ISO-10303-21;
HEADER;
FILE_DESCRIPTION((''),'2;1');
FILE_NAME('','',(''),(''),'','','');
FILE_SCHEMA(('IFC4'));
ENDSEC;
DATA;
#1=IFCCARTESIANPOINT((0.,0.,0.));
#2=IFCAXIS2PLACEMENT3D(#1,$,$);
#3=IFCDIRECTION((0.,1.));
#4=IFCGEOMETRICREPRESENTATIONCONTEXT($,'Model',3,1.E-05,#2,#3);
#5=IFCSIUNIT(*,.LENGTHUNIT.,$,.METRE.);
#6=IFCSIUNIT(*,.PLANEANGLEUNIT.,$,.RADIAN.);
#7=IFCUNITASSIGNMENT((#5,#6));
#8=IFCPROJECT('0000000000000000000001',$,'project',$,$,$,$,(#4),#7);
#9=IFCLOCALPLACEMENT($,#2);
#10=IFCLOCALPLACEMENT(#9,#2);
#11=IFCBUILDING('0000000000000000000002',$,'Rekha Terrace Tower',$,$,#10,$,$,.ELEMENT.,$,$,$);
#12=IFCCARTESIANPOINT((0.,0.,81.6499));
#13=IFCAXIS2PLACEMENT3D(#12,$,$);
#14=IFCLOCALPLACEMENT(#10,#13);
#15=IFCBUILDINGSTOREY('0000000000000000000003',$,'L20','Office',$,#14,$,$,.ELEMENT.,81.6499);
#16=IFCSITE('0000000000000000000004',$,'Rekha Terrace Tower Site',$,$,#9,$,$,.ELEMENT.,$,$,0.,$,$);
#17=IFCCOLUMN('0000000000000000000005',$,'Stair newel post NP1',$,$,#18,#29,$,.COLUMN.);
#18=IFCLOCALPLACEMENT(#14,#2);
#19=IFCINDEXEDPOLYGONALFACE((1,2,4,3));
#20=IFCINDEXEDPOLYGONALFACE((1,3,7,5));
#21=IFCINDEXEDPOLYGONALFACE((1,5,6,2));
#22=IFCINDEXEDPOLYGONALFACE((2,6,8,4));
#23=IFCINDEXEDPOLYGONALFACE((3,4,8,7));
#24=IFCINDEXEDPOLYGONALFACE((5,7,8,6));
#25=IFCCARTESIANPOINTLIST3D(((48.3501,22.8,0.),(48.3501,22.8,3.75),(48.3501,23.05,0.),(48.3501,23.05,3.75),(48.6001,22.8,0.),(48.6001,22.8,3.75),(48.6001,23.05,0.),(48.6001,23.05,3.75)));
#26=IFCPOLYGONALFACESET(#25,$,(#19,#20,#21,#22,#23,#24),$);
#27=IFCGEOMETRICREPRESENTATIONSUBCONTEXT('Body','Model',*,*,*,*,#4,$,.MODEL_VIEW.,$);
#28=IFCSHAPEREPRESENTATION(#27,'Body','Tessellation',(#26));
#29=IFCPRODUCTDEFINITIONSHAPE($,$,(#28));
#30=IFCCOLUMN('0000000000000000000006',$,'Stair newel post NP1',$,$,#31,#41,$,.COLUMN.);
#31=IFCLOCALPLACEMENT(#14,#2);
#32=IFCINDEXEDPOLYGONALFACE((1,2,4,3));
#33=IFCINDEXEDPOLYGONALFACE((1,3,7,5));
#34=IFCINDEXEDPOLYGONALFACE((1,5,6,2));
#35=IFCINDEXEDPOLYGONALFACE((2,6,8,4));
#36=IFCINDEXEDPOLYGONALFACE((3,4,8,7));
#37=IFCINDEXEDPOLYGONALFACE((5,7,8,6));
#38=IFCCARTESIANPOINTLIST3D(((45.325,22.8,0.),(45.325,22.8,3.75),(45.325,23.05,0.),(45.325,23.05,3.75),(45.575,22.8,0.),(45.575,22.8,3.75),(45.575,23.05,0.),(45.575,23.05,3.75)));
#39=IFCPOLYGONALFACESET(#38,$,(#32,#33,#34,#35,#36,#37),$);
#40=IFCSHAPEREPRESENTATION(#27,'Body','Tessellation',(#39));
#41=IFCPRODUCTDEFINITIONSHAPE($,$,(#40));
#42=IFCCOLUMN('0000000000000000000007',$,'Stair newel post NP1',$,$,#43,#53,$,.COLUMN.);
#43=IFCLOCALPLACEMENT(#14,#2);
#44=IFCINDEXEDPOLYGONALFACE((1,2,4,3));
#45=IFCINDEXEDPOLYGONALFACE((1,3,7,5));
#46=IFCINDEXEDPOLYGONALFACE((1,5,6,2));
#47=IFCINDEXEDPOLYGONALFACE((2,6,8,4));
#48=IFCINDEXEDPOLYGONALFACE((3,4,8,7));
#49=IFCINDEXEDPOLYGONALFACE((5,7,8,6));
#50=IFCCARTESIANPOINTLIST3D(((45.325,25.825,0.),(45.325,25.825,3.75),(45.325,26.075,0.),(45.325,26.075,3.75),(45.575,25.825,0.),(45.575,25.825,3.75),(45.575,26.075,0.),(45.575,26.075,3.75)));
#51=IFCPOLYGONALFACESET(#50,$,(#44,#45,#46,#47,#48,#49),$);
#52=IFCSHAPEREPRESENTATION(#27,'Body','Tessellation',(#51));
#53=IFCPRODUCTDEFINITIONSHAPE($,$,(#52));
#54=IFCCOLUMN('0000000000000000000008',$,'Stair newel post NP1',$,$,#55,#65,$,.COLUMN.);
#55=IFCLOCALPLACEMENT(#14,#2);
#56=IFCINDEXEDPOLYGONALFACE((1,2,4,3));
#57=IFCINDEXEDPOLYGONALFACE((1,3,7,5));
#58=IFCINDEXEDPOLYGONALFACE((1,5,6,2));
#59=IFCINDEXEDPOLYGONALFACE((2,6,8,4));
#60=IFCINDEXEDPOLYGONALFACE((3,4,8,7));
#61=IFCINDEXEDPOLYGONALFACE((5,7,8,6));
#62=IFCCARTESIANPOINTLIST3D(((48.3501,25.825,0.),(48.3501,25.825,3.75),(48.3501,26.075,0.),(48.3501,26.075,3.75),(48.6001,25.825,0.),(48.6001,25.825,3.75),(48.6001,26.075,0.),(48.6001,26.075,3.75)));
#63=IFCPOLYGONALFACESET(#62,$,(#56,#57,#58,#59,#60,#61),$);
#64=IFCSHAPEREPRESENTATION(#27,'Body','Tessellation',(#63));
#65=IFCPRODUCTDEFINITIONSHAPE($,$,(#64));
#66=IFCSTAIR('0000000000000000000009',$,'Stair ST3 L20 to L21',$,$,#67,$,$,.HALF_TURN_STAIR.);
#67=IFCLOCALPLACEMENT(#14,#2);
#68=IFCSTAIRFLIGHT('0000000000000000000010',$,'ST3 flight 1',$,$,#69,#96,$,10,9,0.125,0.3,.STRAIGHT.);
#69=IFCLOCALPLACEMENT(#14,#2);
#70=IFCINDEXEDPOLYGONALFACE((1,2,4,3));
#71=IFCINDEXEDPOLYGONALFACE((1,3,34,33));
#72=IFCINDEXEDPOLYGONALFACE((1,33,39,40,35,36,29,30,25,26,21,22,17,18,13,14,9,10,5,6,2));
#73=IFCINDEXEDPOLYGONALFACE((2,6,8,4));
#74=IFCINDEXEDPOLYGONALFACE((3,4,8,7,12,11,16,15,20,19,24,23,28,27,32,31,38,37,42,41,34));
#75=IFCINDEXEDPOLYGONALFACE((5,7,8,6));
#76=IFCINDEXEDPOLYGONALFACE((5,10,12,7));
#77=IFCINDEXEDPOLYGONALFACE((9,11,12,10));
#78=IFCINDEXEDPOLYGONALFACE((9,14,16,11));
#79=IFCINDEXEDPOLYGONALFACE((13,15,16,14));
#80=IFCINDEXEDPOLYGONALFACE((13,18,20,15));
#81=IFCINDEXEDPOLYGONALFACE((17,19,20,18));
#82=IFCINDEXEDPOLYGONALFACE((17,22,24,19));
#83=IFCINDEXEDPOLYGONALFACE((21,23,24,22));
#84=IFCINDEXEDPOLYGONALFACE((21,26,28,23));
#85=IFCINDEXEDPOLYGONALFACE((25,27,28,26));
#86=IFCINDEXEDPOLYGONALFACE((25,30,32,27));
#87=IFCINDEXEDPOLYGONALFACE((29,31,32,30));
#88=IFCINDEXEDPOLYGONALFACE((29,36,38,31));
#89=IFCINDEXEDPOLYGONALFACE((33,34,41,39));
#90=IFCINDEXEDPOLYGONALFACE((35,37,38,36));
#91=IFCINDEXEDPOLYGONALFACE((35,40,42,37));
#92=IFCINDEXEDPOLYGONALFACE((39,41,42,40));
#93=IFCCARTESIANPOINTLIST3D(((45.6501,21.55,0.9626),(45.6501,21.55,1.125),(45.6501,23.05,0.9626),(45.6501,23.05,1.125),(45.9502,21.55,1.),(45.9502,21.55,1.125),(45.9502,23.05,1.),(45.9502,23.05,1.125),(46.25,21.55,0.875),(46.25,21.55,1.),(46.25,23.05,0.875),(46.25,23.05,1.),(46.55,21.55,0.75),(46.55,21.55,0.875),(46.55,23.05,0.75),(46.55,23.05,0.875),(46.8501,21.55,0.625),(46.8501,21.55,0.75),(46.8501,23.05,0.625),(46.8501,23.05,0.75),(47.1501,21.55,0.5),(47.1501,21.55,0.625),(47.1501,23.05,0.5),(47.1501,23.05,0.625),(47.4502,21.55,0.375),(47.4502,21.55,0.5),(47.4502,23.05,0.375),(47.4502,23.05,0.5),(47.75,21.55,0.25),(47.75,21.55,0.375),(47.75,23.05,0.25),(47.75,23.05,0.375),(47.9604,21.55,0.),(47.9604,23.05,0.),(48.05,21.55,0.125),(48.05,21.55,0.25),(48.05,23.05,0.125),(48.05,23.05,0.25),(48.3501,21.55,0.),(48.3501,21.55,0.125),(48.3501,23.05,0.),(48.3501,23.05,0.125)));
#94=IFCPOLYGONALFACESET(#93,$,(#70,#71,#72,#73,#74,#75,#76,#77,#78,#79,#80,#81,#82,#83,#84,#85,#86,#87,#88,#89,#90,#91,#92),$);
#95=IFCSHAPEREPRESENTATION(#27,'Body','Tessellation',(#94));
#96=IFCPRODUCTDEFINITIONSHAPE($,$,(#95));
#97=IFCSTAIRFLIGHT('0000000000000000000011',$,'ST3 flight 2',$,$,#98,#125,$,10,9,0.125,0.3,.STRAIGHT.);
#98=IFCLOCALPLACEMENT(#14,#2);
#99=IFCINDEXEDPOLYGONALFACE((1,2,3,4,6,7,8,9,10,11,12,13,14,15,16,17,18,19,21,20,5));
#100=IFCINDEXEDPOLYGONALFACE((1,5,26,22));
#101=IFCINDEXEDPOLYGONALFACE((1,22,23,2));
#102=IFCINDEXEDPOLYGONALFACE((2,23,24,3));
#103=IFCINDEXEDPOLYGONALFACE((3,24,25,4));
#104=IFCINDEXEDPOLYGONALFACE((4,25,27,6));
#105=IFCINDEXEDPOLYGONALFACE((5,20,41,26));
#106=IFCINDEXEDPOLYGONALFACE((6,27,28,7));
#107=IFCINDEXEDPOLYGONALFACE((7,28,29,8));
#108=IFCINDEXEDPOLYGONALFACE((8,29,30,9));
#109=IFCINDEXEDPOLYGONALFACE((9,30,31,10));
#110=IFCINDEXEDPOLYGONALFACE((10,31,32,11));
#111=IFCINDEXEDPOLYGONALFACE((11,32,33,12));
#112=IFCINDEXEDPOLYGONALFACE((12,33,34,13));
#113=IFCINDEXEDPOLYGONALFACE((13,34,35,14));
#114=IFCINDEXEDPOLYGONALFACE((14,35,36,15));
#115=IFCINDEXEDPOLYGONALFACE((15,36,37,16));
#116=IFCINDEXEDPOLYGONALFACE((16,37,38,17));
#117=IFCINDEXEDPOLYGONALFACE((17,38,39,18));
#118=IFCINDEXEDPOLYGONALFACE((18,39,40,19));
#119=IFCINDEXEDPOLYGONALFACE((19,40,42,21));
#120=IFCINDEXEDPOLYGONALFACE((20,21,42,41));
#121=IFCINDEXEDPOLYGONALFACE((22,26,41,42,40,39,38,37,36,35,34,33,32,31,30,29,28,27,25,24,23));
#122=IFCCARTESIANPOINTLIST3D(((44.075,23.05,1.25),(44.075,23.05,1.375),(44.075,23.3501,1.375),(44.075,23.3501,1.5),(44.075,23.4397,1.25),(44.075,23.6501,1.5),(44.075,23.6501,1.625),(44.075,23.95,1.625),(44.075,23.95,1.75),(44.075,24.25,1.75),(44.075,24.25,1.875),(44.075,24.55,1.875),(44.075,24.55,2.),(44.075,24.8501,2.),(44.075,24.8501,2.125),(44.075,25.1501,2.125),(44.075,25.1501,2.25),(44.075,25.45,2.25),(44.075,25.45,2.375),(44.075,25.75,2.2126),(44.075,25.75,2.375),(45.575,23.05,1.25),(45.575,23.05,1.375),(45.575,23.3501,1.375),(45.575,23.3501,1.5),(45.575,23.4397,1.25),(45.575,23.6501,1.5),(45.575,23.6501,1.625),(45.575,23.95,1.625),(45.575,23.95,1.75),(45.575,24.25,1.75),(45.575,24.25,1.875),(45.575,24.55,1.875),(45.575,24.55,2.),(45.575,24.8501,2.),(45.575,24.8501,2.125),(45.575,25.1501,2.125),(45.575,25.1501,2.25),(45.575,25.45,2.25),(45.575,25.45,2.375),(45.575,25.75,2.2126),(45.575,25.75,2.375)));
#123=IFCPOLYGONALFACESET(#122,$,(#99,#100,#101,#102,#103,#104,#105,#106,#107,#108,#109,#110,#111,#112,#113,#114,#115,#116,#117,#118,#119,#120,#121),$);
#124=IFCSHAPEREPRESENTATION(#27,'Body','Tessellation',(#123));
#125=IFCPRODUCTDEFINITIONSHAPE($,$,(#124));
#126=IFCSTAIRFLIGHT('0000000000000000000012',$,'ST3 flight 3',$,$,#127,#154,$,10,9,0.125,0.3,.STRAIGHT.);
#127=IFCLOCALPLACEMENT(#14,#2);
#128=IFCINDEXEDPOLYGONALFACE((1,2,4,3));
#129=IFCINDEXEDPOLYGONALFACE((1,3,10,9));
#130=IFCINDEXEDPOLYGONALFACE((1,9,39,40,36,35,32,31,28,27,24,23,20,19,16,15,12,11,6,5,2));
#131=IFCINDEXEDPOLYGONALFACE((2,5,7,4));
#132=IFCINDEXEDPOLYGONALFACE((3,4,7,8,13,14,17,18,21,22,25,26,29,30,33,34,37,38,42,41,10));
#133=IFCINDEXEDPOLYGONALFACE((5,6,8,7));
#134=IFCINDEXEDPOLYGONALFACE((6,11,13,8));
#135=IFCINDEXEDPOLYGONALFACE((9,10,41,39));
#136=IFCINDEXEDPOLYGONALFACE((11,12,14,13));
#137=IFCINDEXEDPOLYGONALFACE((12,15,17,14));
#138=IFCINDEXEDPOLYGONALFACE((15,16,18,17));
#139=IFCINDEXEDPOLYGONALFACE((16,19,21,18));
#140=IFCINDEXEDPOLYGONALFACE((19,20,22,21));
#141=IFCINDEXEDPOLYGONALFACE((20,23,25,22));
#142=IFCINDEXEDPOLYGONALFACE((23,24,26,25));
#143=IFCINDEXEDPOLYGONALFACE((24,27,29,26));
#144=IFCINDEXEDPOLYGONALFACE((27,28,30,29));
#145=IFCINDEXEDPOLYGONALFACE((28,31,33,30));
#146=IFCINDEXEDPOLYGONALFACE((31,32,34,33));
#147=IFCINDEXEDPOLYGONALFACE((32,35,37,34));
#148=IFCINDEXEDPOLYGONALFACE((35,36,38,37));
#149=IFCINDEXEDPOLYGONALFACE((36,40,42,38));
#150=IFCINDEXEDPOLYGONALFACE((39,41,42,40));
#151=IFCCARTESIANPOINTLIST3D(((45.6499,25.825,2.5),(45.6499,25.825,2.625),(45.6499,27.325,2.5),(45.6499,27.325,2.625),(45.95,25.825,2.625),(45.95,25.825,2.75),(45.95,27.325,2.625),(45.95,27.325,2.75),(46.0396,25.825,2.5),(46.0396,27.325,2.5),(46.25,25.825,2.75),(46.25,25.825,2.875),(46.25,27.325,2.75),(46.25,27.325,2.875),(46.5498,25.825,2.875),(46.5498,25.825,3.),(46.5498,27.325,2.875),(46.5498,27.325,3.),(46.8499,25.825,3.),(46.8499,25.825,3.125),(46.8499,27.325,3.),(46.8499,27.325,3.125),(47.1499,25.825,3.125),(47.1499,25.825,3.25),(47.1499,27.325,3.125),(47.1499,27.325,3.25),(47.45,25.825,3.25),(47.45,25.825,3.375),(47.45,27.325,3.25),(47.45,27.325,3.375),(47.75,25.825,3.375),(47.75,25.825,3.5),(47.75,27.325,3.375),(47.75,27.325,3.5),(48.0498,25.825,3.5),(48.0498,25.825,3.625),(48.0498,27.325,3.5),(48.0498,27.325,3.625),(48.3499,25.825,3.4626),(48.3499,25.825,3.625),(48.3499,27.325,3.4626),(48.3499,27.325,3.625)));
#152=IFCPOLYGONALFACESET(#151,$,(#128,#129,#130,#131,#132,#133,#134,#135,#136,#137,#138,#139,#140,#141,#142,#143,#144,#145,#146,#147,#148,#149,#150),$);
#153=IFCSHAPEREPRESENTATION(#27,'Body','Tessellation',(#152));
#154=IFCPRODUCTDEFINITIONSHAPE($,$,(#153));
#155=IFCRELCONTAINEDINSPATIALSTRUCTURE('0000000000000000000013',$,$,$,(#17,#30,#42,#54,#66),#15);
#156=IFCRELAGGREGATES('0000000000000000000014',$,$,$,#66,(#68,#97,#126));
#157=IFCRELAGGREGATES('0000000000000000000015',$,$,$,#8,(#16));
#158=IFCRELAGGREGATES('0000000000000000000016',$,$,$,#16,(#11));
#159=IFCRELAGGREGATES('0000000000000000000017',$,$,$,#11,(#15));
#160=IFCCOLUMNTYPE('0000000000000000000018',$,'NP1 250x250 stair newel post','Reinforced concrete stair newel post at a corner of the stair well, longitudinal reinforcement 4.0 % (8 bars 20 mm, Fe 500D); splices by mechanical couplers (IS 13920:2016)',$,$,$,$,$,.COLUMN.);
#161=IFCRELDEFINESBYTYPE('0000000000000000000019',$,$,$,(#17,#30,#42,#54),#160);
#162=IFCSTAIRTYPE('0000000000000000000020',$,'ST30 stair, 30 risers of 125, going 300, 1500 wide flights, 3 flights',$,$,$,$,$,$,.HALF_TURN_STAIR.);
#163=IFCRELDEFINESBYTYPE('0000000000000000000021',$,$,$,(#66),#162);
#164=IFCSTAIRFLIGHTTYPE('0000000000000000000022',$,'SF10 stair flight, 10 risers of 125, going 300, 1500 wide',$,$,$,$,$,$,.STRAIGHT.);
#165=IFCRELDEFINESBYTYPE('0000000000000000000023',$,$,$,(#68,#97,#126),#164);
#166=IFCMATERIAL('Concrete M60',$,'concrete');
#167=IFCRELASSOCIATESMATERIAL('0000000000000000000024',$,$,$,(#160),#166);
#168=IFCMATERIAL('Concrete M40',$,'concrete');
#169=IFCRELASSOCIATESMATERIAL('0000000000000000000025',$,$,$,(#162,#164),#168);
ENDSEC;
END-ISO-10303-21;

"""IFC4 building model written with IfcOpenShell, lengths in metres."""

from ifc_helpers import new_model, si_unit, direction, frame, origin, origin_2d, place, context, subcontext, project, spatial, polyline, rectangle, outline, extrude, material, material_profile, profile_set, type_object, element, aggregate, save


model = new_model("IFC4")

# Units and contexts
model_context = context("Model", 3, precision=1e-05, world=origin(), true_north=direction((0.0, 1.0)))
body_context = subcontext(model_context, "Body", "Model", "MODEL_VIEW")
ifc_project = project(units=[si_unit("LENGTHUNIT", "METRE"), si_unit("PLANEANGLEUNIT", "RADIAN")], contexts=[model_context])

# Site, building, storey
site_placement = place(None, origin())
site = spatial("IfcSite", under=ifc_project, at=site_placement, Name="Rekha Terrace Tower Site", CompositionType="ELEMENT", RefElevation=0.0)
building_placement = place(site_placement, origin())
building = spatial("IfcBuilding", under=site, at=building_placement, Name="Rekha Terrace Tower", CompositionType="ELEMENT")
storey_placement = place(building_placement, frame((0.0, 0.0, 81.6499)))
storey = spatial("IfcBuildingStorey", under=building, at=storey_placement, Name="L20", Description="Office", CompositionType="ELEMENT", Elevation=81.6499)

# Columns
ifc_material_1 = material(Name="Concrete M60", Category="concrete")
ifc_material_profile = material_profile(ifc_material_1, rectangle(XDim=0.25, YDim=0.25, at=origin_2d()), Name="RC 250x250")
ifc_profile_set = profile_set([ifc_material_profile], Name="Concrete M60")
column_type = type_object("IfcColumnType", Name="NP1 250x250 stair newel post", Description="Reinforced concrete stair newel post at a corner of the stair well, longitudinal reinforcement 4.0 % (8 bars 20 mm, Fe 500D); splices by mechanical couplers (IS 13920:2016)", PredefinedType="COLUMN", material=ifc_profile_set)
for number, where, z_axis, x_axis, name in (
    (1, (48.4751, 22.925, 0.0), (0.0, 0.0, 1.0), (1.0, 0.0, 0.0), "Stair newel post NP1"),
    (2, (45.45, 22.925, 0.0), (0.0, 0.0, 1.0), (1.0, 0.0, 0.0), "Stair newel post NP1"),
    (3, (45.45, 25.95, 0.0), (0.0, 0.0, 1.0), (1.0, 0.0, 0.0), "Stair newel post NP1"),
    (4, (48.4751, 25.95, 0.0), (0.0, 0.0, 1.0), (1.0, 0.0, 0.0), "Stair newel post NP1"),
):
    element("IfcColumn", number, at=place(storey_placement, frame(where, z_axis=z_axis, x_axis=x_axis)), inside=storey, type_object=column_type, Name=name, PredefinedType="COLUMN", context=body_context, shape_type="SweptSolid", body=[
        extrude(rectangle(XDim=0.25, YDim=0.25, at=origin_2d()), origin(), (0.0, 0.0, 1.0), 3.75),
    ])

# Stair, stair flights
ifc_material_2 = material(Name="Concrete M40", Category="concrete")
stair_type = type_object("IfcStairType", Name="ST30 stair, 30 risers of 125, going 300, 1500 wide flights, 3 flights", PredefinedType="HALF_TURN_STAIR", material=ifc_material_2)
stair_placement = place(storey_placement, origin())
stair = element("IfcStair", 5, at=stair_placement, inside=storey, type_object=stair_type, Name="Stair ST3 L20 to L21", PredefinedType="HALF_TURN_STAIR")
stair_flight_type = type_object("IfcStairFlightType", Name="SF10 stair flight, 10 risers of 125, going 300, 1500 wide", PredefinedType="STRAIGHT", material=ifc_material_2)
stair_flight_1_placement = place(storey_placement, frame((48.3501, 22.3, 0.0), z_axis=(0.0, 0.0, 1.0), x_axis=(-1.0, 0.0, 0.0)))
stair_flight_1 = element("IfcStairFlight", 6, at=stair_flight_1_placement, type_object=stair_flight_type, Name="ST3 flight 1", NumberOfRisers=10, NumberOfTreads=9, PredefinedType="STRAIGHT", RiserHeight=0.125, TreadLength=0.3, context=body_context, shape_type="SweptSolid", body=[
    extrude(outline(polyline([(0.0, 0.0), (0.0, 0.125), (0.3, 0.125), (0.3, 0.25), (0.6001, 0.25), (0.6001, 0.375), (0.8999, 0.375), (0.8999, 0.5), (1.2, 0.5), (1.2, 0.625), (1.5, 0.625), (1.5, 0.75), (1.8, 0.75), (1.8, 0.875), (2.1001, 0.875), (2.1001, 1.0), (2.3999, 1.0), (2.3999, 1.125), (2.7, 1.125), (2.7, 1.25), (2.7, 0.9626), (0.3896, 0.0), (0.0, 0.0)])), frame((0.0, 0.75, 0.0), z_axis=(0.0, -1.0, 0.0), x_axis=(1.0, 0.0, 0.0)), (0.0, 0.0, 1.0), 1.5),
])
stair_flight_2_placement = place(storey_placement, frame((44.825, 23.05, 1.25), z_axis=(0.0, 0.0, 1.0), x_axis=(0.0, 1.0, 0.0)))
stair_flight_2 = element("IfcStairFlight", 7, at=stair_flight_2_placement, type_object=stair_flight_type, Name="ST3 flight 2", NumberOfRisers=10, NumberOfTreads=9, PredefinedType="STRAIGHT", RiserHeight=0.125, TreadLength=0.3, context=body_context, shape_type="SweptSolid", body=[
    extrude(outline(polyline([(0.0, 0.0), (0.0, 0.125), (0.3, 0.125), (0.3, 0.25), (0.6001, 0.25), (0.6001, 0.375), (0.8999, 0.375), (0.8999, 0.5), (1.2, 0.5), (1.2, 0.625), (1.5, 0.625), (1.5, 0.75), (1.8, 0.75), (1.8, 0.875), (2.1001, 0.875), (2.1001, 1.0), (2.3999, 1.0), (2.3999, 1.125), (2.7, 1.125), (2.7, 1.25), (2.7, 0.9626), (0.3896, 0.0), (0.0, 0.0)])), frame((0.0, 0.75, 0.0), z_axis=(0.0, -1.0, 0.0), x_axis=(1.0, 0.0, 0.0)), (0.0, 0.0, 1.0), 1.5),
])
stair_flight_3_placement = place(storey_placement, frame((45.6499, 26.575, 2.5), z_axis=(0.0, 0.0, 1.0), x_axis=(1.0, 0.0, 0.0)))
stair_flight_3 = element("IfcStairFlight", 8, at=stair_flight_3_placement, type_object=stair_flight_type, Name="ST3 flight 3", NumberOfRisers=10, NumberOfTreads=9, PredefinedType="STRAIGHT", RiserHeight=0.125, TreadLength=0.3, context=body_context, shape_type="SweptSolid", body=[
    extrude(outline(polyline([(0.0, 0.0), (0.0, 0.125), (0.3, 0.125), (0.3, 0.25), (0.6001, 0.25), (0.6001, 0.375), (0.8999, 0.375), (0.8999, 0.5), (1.2, 0.5), (1.2, 0.625), (1.5, 0.625), (1.5, 0.75), (1.8, 0.75), (1.8, 0.875), (2.1001, 0.875), (2.1001, 1.0), (2.3999, 1.0), (2.3999, 1.125), (2.7, 1.125), (2.7, 1.25), (2.7, 0.9626), (0.3896, 0.0), (0.0, 0.0)])), frame((0.0, 0.75, 0.0), z_axis=(0.0, -1.0, 0.0), x_axis=(1.0, 0.0, 0.0)), (0.0, 0.0, 1.0), 1.5),
])
aggregate(stair, [stair_flight_1, stair_flight_2, stair_flight_3])

save(model, "model.ifc")
